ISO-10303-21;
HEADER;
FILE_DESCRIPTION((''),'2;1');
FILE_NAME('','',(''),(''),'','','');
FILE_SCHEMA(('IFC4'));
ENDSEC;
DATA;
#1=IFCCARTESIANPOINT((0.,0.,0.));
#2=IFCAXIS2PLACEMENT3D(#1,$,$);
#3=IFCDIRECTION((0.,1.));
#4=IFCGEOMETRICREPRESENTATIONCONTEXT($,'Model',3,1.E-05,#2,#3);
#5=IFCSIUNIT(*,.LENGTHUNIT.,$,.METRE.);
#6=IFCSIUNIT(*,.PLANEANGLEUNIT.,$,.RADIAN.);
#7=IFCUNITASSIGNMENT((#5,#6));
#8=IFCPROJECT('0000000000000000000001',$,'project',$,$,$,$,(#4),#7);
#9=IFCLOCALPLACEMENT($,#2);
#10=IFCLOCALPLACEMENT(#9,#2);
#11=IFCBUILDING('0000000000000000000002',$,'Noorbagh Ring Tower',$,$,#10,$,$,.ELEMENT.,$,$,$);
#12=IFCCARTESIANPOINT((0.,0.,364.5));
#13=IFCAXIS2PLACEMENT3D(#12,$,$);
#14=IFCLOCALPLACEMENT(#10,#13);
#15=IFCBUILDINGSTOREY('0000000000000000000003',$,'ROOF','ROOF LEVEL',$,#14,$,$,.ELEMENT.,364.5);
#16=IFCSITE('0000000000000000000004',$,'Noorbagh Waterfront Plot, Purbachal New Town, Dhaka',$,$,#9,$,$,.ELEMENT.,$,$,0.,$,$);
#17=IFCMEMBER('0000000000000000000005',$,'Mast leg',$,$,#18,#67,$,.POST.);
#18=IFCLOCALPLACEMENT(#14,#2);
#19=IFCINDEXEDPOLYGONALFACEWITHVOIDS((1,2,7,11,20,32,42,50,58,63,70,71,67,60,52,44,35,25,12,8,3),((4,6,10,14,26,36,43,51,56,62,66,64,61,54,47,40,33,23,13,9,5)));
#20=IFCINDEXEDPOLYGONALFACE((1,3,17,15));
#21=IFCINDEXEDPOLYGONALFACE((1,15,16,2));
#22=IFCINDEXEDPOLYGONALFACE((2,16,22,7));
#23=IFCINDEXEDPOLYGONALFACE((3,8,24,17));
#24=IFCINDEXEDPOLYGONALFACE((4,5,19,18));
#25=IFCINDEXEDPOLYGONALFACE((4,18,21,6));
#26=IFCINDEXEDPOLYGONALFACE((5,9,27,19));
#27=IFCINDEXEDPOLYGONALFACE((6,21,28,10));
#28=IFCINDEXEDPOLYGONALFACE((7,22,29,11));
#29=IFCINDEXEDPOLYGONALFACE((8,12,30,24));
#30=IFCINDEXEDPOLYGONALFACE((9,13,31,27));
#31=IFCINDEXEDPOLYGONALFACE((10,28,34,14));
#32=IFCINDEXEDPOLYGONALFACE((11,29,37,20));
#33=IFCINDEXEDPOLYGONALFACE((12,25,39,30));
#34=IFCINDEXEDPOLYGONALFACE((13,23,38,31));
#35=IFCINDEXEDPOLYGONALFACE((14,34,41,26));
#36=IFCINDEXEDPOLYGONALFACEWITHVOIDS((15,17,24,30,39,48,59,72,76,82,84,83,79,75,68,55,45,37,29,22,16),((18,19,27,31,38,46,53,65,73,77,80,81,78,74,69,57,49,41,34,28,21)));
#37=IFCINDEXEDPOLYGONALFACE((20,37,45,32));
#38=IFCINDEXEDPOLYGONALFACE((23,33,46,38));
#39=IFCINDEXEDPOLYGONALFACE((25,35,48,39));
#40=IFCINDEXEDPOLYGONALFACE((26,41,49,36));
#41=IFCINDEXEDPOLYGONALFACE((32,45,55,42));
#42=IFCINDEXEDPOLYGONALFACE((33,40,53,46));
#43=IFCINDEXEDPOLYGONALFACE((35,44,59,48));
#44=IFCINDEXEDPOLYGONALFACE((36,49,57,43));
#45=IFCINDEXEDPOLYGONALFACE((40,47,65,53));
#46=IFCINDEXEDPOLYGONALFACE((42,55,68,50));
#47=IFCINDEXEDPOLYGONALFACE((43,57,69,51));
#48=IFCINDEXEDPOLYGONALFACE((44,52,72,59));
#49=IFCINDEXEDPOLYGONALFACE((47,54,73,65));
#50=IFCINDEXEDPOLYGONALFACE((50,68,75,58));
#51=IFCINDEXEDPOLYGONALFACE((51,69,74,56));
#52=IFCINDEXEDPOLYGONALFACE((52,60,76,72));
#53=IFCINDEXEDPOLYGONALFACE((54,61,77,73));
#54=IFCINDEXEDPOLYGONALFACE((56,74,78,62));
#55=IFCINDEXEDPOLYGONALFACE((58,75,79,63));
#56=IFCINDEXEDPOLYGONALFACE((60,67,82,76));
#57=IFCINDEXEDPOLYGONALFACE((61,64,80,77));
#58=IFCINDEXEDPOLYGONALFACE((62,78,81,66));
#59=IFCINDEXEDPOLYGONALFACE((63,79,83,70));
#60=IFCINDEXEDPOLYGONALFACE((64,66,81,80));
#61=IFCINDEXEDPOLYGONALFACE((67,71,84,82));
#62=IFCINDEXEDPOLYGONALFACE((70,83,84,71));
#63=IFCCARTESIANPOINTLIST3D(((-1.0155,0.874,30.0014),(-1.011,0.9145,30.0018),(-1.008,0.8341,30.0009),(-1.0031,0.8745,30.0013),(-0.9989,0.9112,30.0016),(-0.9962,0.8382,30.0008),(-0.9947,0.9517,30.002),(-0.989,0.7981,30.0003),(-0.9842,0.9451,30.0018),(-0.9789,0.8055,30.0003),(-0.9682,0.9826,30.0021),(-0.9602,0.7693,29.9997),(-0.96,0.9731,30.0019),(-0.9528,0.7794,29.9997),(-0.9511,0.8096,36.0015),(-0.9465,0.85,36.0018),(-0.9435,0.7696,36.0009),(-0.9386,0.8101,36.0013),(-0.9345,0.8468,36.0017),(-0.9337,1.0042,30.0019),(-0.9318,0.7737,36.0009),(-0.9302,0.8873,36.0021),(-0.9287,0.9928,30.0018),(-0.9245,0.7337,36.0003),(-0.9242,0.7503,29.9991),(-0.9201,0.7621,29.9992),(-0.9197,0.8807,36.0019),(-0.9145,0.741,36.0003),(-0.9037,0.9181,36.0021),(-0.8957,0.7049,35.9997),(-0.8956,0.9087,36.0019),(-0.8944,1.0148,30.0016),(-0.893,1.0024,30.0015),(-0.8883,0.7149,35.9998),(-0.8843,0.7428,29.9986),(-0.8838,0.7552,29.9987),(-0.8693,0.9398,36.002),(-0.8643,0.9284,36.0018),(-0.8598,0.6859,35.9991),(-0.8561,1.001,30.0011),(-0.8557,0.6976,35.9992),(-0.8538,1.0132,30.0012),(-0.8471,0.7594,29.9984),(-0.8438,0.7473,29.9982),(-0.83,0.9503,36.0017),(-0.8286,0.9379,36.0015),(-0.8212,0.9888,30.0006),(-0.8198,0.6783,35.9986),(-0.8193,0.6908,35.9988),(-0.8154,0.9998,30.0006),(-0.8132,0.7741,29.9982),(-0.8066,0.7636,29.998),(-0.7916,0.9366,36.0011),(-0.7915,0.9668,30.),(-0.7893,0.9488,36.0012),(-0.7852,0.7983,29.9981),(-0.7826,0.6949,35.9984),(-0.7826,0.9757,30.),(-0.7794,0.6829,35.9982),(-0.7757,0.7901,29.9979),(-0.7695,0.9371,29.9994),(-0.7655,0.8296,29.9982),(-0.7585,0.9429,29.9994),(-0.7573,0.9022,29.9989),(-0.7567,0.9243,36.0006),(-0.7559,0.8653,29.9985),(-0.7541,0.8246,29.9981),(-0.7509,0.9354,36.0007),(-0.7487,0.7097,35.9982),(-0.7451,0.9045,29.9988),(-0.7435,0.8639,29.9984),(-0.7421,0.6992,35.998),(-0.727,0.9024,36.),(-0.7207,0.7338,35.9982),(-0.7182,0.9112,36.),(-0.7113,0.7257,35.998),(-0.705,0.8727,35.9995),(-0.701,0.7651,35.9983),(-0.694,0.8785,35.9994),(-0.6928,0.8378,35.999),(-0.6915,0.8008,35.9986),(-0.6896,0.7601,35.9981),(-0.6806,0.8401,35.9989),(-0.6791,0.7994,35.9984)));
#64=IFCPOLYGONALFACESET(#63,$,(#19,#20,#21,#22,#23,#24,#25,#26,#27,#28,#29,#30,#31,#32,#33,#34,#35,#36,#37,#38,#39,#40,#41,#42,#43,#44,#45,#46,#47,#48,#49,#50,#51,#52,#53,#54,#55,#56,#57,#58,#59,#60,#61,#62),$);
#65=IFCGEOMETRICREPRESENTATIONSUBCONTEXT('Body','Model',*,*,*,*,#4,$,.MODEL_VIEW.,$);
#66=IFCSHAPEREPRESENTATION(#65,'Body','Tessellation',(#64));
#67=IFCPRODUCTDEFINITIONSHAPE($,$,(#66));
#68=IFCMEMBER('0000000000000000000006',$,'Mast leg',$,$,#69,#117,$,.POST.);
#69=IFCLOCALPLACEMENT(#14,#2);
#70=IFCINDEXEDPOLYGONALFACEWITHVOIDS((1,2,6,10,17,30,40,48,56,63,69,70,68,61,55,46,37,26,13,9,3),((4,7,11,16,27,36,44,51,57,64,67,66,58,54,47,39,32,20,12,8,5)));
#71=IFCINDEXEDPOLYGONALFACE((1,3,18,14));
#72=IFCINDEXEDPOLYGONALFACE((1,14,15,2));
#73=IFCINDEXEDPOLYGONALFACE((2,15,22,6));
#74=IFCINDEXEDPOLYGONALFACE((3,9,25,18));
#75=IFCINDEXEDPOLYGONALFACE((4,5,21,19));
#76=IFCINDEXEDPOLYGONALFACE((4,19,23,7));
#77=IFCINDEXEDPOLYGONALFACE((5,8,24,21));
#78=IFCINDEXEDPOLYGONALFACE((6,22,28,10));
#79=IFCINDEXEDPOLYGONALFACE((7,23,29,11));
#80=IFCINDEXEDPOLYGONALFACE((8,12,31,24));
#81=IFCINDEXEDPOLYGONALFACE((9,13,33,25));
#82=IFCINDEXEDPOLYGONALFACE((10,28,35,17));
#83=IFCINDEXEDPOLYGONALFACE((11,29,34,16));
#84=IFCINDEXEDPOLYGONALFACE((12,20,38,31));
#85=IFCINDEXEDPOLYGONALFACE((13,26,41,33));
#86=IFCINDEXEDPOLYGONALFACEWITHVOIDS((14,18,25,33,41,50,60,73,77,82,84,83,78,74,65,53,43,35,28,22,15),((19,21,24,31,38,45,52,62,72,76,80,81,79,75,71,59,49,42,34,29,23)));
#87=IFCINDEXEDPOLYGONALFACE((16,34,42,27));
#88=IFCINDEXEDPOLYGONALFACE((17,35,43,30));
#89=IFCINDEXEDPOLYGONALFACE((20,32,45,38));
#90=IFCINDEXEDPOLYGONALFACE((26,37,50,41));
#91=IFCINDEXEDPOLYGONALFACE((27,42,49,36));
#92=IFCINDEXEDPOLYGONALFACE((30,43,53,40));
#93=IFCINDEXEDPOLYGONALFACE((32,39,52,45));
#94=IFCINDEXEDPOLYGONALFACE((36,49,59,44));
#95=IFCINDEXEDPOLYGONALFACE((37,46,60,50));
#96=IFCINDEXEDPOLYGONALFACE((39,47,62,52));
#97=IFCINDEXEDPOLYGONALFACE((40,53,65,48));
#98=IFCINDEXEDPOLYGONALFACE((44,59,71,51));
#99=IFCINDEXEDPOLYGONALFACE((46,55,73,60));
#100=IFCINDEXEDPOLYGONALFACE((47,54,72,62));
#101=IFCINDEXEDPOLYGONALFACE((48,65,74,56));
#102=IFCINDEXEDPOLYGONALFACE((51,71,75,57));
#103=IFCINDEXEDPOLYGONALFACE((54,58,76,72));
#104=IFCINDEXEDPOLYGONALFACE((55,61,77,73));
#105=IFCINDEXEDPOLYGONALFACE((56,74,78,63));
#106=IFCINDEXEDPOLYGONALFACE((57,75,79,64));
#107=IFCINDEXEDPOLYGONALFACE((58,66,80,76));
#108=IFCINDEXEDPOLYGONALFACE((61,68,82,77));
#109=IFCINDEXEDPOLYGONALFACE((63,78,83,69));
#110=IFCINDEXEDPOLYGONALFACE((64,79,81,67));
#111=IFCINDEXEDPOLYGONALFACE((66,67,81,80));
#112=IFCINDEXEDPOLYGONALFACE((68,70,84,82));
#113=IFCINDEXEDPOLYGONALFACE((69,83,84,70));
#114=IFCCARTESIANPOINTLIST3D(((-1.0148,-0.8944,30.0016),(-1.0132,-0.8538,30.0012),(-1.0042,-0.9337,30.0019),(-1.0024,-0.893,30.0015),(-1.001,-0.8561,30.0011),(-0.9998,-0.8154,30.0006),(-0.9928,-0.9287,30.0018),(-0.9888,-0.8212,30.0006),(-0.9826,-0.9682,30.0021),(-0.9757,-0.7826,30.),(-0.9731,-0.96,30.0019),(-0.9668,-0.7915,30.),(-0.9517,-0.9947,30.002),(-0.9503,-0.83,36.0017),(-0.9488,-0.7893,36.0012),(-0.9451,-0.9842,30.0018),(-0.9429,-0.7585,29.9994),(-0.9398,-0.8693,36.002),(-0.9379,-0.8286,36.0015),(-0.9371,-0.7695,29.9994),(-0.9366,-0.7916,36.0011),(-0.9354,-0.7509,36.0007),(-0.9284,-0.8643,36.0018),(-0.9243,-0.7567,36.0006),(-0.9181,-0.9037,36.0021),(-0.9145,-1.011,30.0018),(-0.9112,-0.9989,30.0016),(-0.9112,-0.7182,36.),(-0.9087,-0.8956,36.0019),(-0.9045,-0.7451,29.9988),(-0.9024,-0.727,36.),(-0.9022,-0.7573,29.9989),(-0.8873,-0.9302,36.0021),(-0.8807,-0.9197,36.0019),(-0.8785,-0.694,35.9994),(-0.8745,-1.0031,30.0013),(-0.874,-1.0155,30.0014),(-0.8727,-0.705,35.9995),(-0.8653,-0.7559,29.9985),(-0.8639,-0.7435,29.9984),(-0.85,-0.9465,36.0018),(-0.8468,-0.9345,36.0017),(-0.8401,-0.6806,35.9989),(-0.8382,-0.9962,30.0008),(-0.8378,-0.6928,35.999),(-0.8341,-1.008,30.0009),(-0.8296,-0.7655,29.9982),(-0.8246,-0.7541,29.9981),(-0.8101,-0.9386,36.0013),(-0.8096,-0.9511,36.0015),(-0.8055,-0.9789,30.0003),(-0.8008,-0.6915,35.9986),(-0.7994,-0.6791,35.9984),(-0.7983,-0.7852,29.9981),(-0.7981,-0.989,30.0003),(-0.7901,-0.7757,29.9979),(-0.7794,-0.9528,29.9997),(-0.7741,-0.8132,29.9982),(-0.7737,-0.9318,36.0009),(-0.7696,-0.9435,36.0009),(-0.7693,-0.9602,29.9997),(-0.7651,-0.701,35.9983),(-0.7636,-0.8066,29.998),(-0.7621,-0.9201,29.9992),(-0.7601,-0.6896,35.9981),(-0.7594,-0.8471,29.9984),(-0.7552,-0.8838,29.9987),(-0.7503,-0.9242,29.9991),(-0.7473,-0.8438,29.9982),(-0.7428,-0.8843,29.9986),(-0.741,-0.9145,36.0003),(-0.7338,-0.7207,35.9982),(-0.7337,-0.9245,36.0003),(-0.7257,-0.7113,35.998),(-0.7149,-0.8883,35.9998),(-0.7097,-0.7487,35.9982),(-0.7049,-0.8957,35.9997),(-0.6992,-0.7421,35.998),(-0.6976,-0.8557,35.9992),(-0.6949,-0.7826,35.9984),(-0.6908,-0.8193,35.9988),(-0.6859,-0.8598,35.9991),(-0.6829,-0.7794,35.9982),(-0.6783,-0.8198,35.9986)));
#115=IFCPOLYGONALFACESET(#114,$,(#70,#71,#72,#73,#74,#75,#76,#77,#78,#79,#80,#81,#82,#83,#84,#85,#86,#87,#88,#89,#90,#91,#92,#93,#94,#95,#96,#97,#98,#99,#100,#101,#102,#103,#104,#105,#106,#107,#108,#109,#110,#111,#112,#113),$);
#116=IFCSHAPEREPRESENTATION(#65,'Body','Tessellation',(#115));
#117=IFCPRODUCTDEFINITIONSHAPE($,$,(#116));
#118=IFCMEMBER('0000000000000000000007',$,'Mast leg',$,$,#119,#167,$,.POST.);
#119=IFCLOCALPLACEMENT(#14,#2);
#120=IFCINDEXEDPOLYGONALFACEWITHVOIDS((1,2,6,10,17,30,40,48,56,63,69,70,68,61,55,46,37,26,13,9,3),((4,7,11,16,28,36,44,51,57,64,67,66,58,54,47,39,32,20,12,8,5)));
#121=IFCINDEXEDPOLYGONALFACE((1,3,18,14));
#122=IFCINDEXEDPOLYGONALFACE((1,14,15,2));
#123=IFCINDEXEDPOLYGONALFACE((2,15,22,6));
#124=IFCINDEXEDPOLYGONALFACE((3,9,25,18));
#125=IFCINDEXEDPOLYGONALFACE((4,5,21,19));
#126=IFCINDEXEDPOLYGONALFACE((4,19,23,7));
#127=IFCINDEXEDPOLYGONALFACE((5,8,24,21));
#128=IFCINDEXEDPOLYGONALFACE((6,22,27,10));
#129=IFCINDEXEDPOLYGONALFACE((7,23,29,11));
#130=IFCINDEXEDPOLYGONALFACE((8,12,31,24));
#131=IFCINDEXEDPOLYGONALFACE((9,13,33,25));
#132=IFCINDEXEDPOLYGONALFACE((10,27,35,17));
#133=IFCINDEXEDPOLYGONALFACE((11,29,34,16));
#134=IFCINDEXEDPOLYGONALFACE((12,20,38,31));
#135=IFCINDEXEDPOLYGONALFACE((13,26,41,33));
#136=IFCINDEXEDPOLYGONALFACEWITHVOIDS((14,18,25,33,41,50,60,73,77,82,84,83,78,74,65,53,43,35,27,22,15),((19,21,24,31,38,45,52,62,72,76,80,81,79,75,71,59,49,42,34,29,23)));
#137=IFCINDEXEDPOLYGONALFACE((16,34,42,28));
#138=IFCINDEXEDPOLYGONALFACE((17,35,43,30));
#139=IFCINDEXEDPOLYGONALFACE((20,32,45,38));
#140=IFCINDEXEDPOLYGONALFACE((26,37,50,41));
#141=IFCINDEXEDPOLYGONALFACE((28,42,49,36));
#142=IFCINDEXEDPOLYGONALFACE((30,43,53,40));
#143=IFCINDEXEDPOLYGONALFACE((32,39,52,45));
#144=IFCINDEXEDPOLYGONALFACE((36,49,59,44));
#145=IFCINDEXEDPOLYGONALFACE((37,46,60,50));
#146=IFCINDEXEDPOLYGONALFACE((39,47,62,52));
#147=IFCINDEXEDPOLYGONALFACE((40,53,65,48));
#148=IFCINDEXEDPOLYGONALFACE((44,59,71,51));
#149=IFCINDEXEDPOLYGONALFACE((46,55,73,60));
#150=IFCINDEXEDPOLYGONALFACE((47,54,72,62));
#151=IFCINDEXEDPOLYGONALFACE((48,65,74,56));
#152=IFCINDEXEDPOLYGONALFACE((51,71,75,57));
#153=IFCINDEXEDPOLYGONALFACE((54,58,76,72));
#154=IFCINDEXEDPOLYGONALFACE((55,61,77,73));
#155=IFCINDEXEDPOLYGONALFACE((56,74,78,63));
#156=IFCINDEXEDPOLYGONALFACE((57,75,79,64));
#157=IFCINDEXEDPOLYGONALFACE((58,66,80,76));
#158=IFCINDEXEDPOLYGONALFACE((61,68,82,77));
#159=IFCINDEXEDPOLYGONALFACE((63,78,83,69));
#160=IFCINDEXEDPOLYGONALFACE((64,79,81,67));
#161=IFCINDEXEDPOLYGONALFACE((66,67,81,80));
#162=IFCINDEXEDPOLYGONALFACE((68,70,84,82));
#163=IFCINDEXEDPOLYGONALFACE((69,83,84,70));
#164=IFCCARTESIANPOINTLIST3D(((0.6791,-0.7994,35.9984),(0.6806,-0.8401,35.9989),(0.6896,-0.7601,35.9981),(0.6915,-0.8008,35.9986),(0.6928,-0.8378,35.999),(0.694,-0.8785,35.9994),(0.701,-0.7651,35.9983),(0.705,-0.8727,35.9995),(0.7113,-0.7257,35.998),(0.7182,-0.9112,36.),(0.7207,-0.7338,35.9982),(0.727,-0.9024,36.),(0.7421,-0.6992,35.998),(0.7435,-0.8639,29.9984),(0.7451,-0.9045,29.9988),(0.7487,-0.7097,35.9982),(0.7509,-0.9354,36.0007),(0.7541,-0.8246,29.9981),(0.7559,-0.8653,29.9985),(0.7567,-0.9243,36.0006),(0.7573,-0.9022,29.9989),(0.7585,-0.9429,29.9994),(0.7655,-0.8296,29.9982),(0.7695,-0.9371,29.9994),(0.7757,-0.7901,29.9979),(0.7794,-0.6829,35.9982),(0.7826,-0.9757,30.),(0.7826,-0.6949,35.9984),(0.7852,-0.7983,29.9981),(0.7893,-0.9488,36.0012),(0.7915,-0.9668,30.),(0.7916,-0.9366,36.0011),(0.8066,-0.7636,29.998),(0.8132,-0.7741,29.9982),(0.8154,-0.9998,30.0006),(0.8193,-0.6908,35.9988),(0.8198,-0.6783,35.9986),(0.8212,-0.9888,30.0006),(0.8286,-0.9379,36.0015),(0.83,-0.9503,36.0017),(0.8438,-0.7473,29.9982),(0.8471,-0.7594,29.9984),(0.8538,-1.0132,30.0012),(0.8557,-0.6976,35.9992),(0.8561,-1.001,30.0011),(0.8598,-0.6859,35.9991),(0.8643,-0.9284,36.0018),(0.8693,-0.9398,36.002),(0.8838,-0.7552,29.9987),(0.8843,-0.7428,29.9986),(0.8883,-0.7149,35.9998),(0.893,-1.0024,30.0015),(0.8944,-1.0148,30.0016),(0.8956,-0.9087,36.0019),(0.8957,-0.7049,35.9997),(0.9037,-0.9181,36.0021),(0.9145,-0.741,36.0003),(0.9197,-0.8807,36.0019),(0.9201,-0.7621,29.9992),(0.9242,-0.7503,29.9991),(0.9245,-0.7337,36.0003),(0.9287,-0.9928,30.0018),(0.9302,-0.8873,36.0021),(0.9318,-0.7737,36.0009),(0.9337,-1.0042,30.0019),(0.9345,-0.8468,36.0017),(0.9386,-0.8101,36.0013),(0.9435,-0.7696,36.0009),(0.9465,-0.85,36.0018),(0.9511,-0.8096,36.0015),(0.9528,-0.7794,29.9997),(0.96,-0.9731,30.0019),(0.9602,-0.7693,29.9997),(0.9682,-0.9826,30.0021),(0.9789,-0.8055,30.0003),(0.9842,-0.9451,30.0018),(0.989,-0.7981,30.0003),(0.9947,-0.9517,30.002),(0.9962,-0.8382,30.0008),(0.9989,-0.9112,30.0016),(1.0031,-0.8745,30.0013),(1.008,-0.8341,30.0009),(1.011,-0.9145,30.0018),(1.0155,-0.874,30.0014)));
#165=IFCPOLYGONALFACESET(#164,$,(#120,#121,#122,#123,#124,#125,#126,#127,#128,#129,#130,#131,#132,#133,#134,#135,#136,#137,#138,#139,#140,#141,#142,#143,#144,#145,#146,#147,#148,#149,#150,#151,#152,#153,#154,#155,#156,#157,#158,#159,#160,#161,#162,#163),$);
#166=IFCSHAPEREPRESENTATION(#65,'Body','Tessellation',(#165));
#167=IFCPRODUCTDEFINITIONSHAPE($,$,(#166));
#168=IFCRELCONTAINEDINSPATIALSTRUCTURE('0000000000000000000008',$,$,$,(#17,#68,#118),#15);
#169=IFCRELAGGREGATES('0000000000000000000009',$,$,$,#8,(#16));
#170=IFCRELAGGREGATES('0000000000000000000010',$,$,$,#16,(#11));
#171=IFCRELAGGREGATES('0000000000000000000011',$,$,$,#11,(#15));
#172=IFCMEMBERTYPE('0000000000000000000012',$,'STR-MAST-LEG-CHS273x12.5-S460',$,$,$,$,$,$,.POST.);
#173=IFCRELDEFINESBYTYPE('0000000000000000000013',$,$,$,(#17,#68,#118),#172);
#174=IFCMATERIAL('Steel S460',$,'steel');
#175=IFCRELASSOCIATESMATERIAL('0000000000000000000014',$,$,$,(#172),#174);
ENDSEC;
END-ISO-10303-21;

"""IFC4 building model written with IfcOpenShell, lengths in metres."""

from ifc_helpers import new_model, si_unit, direction, frame, origin, origin_2d, place, context, subcontext, project, spatial, hollow_circle, extrude, material, material_profile, profile_set, type_object, element, save


model = new_model("IFC4")

# Units and contexts
model_context = context("Model", 3, precision=1e-05, world=origin(), true_north=direction((0.0, 1.0)))
body_context = subcontext(model_context, "Body", "Model", "MODEL_VIEW")
ifc_project = project(units=[si_unit("LENGTHUNIT", "METRE"), si_unit("PLANEANGLEUNIT", "RADIAN")], contexts=[model_context])

# Site, building, storey
site_placement = place(None, origin())
site = spatial("IfcSite", under=ifc_project, at=site_placement, Name="Noorbagh Waterfront Plot, Purbachal New Town, Dhaka", CompositionType="ELEMENT", RefElevation=0.0)
building_placement = place(site_placement, origin())
building = spatial("IfcBuilding", under=site, at=building_placement, Name="Noorbagh Ring Tower", CompositionType="ELEMENT")
storey_placement = place(building_placement, frame((0.0, 0.0, 364.5)))
storey = spatial("IfcBuildingStorey", under=building, at=storey_placement, Name="ROOF", Description="ROOF LEVEL", CompositionType="ELEMENT", Elevation=364.5)

# Members
ifc_material_1 = material(Name="Steel S460", Category="steel")
ifc_material_profile_1 = material_profile(ifc_material_1, hollow_circle(Radius=0.1365, WallThickness=0.0125, at=origin_2d()), Name="CHS273x12.5")
ifc_profile_set_1 = profile_set([ifc_material_profile_1], Name="Steel S460")
member_type_1 = type_object("IfcMemberType", Name="STR-MAST-LEG-CHS273x12.5-S460", PredefinedType="POST", material=ifc_profile_set_1)
for number, where, z_axis, x_axis, name in (
    (1, (-0.8792, 0.8792, 30.0), (0.010741, -0.010741, 0.999885), (0.707107, 0.707107, 0.0), "Mast leg"),
    (2, (-0.8792, -0.8792, 30.0), (0.010741, 0.010741, 0.999885), (-0.707107, 0.707107, 0.0), "Mast leg"),
    (3, (0.8792, -0.8792, 30.0), (-0.010741, 0.010741, 0.999885), (-0.707107, -0.707107, 0.0), "Mast leg"),
):
    element("IfcMember", number, at=place(storey_placement, frame(where, z_axis=z_axis, x_axis=x_axis)), inside=storey, type_object=member_type_1, Name=name, PredefinedType="POST", context=body_context, shape_type="SweptSolid", body=[
        extrude(hollow_circle(Radius=0.1365, WallThickness=0.0125, at=origin_2d()), origin(), (0.0, 0.0, 1.0), 6.0007),
    ])

save(model, "model.ifc")
